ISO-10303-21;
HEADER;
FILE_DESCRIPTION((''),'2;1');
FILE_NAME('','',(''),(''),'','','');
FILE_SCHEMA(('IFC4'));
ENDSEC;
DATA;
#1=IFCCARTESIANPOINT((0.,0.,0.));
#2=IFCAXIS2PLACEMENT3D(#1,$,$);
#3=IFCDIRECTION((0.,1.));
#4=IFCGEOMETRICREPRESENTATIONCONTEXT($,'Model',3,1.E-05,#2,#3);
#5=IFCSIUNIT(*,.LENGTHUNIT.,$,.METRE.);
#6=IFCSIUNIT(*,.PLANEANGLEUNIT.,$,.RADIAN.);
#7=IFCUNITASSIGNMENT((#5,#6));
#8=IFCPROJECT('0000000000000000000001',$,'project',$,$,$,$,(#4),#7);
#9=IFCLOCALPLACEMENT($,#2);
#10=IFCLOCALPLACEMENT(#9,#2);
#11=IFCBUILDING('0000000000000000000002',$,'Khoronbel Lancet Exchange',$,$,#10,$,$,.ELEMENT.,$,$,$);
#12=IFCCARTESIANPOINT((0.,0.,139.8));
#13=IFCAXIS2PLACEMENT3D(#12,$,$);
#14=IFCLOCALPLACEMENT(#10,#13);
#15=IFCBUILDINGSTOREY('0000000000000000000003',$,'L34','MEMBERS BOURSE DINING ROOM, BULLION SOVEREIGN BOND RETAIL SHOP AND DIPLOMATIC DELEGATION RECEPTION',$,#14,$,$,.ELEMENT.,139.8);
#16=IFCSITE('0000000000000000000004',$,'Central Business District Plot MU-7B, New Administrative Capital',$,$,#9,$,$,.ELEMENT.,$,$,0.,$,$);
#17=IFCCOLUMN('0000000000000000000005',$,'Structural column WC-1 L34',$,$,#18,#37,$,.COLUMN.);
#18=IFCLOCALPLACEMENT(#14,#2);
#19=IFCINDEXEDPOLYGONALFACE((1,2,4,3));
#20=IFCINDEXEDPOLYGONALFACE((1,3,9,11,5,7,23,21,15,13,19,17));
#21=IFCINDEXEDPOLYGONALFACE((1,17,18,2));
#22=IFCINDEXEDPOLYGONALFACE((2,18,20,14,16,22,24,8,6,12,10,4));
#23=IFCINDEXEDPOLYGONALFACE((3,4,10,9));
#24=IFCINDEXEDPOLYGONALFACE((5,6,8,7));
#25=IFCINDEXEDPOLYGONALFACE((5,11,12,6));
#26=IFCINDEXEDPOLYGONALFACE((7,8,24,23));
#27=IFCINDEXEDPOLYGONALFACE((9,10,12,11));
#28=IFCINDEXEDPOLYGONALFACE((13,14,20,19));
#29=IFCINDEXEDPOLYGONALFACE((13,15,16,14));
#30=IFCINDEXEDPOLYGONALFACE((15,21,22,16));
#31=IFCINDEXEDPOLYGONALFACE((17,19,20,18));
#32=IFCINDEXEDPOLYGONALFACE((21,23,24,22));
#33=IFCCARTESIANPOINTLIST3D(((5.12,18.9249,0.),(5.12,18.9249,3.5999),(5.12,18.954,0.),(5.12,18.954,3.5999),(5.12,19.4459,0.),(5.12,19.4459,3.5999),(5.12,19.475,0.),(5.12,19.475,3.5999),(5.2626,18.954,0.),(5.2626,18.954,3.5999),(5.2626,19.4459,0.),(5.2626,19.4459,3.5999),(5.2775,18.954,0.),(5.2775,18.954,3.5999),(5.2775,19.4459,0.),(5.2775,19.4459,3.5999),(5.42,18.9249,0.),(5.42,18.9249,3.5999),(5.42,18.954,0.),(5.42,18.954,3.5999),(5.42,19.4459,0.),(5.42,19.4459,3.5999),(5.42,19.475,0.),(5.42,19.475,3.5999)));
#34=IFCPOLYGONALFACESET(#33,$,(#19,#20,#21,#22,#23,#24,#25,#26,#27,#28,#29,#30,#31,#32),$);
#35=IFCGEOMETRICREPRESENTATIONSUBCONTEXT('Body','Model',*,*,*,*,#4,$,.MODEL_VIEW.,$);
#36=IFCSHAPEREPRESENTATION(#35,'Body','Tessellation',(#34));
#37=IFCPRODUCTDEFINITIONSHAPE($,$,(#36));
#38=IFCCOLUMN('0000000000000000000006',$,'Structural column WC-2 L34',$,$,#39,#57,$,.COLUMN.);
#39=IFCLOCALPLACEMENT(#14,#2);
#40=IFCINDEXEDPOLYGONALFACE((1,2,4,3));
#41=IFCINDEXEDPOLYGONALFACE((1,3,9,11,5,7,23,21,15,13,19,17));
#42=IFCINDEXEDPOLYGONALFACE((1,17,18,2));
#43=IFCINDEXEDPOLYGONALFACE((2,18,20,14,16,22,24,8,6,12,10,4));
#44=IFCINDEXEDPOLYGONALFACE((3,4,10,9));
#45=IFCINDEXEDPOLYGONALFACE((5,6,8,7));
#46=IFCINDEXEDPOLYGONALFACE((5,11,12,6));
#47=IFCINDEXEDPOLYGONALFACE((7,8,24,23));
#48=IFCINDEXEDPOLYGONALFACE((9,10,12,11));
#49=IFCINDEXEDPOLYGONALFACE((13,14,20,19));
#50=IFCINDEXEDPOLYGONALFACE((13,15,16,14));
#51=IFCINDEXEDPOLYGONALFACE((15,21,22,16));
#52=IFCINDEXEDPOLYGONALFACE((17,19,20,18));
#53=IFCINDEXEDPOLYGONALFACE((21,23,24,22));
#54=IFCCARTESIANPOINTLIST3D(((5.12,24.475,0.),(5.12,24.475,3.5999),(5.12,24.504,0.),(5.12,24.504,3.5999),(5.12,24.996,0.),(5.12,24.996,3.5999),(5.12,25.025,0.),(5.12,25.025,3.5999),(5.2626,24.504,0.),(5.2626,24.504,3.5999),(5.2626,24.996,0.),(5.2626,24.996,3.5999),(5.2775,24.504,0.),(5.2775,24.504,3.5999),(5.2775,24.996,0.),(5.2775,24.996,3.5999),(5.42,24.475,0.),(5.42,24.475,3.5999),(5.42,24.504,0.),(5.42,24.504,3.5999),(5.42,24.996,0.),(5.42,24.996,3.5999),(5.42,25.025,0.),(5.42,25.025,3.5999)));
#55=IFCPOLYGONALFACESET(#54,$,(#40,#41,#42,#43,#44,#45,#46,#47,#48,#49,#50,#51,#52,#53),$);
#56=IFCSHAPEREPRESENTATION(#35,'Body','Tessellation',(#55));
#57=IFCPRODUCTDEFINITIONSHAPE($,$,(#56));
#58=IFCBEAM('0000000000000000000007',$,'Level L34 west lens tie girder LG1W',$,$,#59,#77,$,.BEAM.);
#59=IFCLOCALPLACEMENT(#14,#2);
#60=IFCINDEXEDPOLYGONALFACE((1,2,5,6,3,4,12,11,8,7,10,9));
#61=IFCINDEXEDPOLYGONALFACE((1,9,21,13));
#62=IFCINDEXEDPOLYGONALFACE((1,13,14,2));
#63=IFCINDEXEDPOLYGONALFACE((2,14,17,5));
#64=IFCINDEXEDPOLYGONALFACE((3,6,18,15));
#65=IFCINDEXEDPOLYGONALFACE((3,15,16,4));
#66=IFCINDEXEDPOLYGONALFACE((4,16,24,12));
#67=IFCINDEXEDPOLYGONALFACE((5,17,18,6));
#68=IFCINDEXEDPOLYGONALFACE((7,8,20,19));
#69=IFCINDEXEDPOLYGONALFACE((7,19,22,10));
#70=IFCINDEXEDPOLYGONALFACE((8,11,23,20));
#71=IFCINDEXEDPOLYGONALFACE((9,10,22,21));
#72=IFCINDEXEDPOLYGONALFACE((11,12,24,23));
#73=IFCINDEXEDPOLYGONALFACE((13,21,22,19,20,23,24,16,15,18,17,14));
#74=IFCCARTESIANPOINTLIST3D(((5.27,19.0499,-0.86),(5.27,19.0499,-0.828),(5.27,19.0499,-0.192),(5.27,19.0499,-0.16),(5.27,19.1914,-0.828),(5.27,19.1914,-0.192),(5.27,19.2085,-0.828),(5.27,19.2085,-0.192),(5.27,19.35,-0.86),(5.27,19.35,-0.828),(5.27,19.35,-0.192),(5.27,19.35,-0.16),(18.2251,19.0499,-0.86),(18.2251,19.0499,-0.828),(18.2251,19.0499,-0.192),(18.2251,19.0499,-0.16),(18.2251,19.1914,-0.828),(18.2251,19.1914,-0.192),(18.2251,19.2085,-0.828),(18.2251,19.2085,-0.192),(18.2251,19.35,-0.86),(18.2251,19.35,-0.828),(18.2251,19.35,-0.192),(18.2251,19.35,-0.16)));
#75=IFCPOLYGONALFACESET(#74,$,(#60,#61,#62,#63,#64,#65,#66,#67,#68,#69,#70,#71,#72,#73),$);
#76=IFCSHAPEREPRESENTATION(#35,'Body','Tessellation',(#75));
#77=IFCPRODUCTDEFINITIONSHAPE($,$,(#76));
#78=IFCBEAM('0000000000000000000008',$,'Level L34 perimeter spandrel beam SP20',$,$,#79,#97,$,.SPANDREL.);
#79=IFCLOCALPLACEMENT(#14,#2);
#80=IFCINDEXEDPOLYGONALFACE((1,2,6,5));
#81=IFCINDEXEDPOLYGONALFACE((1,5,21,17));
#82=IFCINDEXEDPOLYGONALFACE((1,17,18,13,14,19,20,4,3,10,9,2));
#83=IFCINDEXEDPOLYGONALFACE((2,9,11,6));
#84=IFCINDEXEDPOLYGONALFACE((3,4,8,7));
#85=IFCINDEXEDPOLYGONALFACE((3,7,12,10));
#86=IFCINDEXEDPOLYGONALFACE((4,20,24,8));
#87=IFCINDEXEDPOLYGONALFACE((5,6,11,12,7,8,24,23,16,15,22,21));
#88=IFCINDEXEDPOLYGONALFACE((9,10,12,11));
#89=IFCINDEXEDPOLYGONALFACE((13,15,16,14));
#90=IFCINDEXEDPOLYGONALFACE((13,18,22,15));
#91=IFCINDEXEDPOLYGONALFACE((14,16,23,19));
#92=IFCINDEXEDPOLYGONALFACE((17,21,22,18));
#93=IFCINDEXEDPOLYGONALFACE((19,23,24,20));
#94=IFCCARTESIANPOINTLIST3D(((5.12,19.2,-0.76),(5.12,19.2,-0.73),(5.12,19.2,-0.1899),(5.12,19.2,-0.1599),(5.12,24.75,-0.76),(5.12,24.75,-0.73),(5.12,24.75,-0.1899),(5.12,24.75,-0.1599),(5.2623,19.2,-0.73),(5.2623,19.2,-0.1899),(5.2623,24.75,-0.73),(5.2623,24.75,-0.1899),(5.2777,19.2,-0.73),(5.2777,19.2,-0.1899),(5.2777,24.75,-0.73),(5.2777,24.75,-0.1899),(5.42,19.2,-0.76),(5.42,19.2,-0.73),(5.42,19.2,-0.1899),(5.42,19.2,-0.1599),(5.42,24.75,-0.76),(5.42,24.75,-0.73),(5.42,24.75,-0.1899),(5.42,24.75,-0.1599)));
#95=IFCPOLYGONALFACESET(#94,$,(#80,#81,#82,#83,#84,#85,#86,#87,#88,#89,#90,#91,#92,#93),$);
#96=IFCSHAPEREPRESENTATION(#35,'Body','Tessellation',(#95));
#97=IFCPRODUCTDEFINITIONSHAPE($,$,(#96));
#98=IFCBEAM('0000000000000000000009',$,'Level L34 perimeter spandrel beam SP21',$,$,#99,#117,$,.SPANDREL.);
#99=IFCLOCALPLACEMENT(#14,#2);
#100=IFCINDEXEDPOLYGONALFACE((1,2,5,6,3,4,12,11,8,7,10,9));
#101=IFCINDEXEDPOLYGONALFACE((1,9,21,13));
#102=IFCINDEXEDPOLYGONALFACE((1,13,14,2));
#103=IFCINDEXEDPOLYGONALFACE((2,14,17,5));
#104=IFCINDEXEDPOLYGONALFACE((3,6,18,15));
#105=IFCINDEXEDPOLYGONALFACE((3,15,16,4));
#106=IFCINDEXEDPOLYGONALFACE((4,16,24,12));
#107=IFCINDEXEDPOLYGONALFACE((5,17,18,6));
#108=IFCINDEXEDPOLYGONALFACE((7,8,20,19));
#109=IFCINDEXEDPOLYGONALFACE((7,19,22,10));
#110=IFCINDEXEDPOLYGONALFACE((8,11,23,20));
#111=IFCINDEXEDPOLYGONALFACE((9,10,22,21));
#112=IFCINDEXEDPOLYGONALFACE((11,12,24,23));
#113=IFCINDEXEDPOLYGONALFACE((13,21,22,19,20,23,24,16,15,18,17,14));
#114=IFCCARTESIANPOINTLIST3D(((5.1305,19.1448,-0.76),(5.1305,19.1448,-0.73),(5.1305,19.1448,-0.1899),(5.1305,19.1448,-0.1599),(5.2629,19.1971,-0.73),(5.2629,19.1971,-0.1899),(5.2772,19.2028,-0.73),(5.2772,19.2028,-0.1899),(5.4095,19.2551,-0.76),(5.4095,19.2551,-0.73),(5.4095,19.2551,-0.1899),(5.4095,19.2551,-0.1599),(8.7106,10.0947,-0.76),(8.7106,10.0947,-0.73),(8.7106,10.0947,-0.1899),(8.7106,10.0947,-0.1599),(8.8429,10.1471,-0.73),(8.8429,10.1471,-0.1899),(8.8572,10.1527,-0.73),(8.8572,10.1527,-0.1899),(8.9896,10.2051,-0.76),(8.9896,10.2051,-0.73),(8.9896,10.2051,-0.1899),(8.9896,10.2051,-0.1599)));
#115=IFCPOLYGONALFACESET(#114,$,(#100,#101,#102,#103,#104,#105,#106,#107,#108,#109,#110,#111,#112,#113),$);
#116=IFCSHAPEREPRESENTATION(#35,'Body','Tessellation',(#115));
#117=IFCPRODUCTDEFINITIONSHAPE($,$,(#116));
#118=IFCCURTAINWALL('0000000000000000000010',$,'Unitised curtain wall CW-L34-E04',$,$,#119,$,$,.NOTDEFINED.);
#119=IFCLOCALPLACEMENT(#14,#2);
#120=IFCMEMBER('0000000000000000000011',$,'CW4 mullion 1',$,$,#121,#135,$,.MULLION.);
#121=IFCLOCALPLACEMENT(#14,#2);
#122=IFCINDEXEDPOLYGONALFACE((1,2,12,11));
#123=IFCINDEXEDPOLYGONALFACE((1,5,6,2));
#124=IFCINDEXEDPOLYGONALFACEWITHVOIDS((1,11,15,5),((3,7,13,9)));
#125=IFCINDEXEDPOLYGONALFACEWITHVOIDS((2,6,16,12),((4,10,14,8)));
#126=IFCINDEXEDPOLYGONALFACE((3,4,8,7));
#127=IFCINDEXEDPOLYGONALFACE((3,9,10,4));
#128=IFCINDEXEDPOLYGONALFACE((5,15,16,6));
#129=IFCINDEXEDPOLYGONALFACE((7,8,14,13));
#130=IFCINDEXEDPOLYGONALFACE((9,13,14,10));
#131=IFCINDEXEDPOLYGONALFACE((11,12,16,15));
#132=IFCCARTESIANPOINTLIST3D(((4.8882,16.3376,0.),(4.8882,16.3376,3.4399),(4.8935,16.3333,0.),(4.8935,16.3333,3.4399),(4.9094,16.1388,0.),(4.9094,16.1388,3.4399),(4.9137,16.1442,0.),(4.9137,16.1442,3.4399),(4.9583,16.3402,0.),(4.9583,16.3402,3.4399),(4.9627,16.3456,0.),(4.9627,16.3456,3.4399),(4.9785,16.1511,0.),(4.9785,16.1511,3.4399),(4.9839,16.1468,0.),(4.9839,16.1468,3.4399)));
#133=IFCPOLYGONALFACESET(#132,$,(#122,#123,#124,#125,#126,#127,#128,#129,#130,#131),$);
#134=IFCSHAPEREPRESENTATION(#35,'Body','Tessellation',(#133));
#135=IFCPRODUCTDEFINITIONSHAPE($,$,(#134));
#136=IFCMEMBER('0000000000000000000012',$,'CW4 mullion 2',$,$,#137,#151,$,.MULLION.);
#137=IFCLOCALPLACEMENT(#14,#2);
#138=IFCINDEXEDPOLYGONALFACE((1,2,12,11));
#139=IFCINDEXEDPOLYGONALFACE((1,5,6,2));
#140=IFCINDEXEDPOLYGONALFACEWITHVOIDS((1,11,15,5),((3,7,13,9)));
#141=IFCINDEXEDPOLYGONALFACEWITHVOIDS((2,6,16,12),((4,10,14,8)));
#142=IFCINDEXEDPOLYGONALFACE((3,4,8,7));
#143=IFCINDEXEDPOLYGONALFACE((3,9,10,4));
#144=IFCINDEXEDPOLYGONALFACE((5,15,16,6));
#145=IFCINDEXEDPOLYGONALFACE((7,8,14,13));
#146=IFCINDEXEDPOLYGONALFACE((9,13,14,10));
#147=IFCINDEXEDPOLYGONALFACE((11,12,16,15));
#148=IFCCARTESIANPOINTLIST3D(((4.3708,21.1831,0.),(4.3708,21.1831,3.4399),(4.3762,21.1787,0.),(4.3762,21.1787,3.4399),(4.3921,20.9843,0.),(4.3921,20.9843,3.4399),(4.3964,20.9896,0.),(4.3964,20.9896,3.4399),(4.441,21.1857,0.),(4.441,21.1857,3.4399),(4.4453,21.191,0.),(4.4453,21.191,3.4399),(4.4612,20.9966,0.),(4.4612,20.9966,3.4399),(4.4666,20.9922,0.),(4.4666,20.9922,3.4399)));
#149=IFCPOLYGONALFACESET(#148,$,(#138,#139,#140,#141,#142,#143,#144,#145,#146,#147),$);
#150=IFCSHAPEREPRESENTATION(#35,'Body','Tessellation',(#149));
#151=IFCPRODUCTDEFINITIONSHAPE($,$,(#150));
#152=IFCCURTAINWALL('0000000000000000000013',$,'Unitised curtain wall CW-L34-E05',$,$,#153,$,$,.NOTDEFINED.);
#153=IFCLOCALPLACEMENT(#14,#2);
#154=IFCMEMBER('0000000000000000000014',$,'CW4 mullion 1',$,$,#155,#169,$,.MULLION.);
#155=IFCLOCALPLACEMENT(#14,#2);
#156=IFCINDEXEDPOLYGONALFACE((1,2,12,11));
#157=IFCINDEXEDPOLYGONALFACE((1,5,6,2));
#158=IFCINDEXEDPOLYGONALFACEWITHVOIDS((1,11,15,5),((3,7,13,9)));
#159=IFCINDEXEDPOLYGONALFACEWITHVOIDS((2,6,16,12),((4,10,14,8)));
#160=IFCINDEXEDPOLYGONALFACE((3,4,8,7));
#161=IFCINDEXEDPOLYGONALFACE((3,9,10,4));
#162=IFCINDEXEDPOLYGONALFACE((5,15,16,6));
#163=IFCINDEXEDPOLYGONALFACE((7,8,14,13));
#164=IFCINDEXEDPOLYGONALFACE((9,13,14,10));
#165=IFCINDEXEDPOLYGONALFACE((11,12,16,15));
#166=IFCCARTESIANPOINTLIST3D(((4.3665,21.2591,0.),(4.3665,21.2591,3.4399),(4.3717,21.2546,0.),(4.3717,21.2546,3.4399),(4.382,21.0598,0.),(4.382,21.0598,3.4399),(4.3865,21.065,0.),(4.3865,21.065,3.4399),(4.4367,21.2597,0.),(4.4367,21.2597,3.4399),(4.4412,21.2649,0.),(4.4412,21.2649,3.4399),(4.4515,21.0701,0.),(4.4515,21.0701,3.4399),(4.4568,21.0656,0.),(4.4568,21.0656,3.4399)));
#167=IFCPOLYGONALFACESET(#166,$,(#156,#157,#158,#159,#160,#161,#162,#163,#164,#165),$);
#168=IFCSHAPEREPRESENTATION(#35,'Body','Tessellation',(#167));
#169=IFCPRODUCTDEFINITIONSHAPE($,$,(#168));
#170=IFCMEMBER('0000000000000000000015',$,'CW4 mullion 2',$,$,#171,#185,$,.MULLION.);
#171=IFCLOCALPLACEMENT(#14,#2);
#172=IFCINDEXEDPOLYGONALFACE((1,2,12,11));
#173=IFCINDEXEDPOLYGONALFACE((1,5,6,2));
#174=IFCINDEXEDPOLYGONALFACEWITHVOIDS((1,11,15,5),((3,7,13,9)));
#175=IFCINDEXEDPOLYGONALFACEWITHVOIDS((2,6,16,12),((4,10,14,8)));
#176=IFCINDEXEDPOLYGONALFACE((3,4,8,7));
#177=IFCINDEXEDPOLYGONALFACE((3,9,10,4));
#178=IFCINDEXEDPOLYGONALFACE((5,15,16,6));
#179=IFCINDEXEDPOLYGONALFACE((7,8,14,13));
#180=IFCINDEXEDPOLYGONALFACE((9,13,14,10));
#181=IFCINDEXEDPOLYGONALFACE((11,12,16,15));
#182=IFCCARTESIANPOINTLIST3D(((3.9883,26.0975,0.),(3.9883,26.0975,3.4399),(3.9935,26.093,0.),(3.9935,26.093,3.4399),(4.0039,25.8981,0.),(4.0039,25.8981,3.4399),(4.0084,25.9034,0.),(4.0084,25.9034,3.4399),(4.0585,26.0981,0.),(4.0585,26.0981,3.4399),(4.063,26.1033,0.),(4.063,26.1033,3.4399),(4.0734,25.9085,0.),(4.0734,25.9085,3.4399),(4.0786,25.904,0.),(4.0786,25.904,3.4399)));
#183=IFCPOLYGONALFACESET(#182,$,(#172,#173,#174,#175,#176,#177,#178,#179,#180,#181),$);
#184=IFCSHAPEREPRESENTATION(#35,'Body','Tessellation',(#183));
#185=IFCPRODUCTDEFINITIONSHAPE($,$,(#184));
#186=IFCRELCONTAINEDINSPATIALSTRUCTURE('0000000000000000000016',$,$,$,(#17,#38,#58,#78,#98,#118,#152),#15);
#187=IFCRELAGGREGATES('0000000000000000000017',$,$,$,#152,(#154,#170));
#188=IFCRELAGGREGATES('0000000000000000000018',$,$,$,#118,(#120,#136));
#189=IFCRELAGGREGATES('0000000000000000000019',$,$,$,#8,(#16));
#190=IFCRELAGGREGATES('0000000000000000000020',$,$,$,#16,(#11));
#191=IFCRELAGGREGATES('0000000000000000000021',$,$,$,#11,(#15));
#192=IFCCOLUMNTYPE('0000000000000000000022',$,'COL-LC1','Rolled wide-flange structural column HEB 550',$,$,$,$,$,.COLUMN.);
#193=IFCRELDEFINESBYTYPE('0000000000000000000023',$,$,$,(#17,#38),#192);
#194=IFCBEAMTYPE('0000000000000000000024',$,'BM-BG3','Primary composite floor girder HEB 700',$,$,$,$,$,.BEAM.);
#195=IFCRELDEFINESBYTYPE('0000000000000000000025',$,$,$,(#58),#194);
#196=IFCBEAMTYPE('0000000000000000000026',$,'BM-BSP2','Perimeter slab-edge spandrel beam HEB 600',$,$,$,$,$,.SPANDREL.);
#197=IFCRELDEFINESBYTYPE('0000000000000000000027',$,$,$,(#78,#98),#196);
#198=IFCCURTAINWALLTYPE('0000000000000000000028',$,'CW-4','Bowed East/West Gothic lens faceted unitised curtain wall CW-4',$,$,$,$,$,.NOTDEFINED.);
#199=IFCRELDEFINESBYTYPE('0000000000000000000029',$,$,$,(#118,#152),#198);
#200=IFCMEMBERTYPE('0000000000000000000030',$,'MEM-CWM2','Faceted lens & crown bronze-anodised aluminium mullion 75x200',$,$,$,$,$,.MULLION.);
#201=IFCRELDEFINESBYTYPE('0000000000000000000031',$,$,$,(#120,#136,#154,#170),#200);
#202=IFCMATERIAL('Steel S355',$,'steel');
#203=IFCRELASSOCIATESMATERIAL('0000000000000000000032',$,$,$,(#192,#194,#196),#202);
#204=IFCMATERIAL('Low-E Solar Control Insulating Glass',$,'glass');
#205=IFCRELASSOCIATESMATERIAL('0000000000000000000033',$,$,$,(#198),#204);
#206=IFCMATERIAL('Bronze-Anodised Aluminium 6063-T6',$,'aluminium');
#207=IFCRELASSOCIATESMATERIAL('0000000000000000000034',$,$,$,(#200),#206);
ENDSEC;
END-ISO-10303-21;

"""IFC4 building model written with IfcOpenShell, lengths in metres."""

from ifc_helpers import new_model, si_unit, direction, frame, origin, origin_2d, place, context, subcontext, project, spatial, hollow_rectangle, i_section, extrude, material, material_profile, profile_set, type_object, element, aggregate, save


model = new_model("IFC4")

# Units and contexts
model_context = context("Model", 3, precision=1e-05, world=origin(), true_north=direction((0.0, 1.0)))
body_context = subcontext(model_context, "Body", "Model", "MODEL_VIEW")
ifc_project = project(units=[si_unit("LENGTHUNIT", "METRE"), si_unit("PLANEANGLEUNIT", "RADIAN")], contexts=[model_context])

# Site, building, storey
site_placement = place(None, origin())
site = spatial("IfcSite", under=ifc_project, at=site_placement, Name="Central Business District Plot MU-7B, New Administrative Capital", CompositionType="ELEMENT", RefElevation=0.0)
building_placement = place(site_placement, origin())
building = spatial("IfcBuilding", under=site, at=building_placement, Name="Khoronbel Lancet Exchange", CompositionType="ELEMENT")
storey_placement = place(building_placement, frame((0.0, 0.0, 139.8)))
storey = spatial("IfcBuildingStorey", under=building, at=storey_placement, Name="L34", Description="MEMBERS BOURSE DINING ROOM, BULLION SOVEREIGN BOND RETAIL SHOP AND DIPLOMATIC DELEGATION RECEPTION", CompositionType="ELEMENT", Elevation=139.8)

# Columns
ifc_material_1 = material(Name="Steel S355", Category="steel")
ifc_material_profile_1 = material_profile(ifc_material_1, i_section(OverallWidth=0.3, OverallDepth=0.55, WebThickness=0.0149, FlangeThickness=0.0291, at=origin_2d()), Name="HEB 550")
ifc_profile_set_1 = profile_set([ifc_material_profile_1], Name="Steel S355")
column_type = type_object("IfcColumnType", Name="COL-LC1", Description="Rolled wide-flange structural column HEB 550", PredefinedType="COLUMN", material=ifc_profile_set_1)
for number, where, z_axis, x_axis, name in (
    (1, (5.27, 19.2, 0.0), (0.0, 0.0, 1.0), (1.0, 0.0, 0.0), "Structural column WC-1 L34"),
    (2, (5.27, 24.75, 0.0), (0.0, 0.0, 1.0), (1.0, 0.0, 0.0), "Structural column WC-2 L34"),
):
    element("IfcColumn", number, at=place(storey_placement, frame(where, z_axis=z_axis, x_axis=x_axis)), inside=storey, type_object=column_type, Name=name, PredefinedType="COLUMN", context=body_context, shape_type="SweptSolid", body=[
        extrude(i_section(OverallWidth=0.3, OverallDepth=0.55, WebThickness=0.0149, FlangeThickness=0.0291, at=origin_2d()), origin(), (0.0, 0.0, 1.0), 3.5999),
    ])

# Beams
ifc_material_profile_2 = material_profile(ifc_material_1, i_section(OverallWidth=0.3, OverallDepth=0.7, WebThickness=0.0171, FlangeThickness=0.032, at=origin_2d()), Name="HEB 700")
ifc_profile_set_2 = profile_set([ifc_material_profile_2], Name="Steel S355")
beam_type_1 = type_object("IfcBeamType", Name="BM-BG3", Description="Primary composite floor girder HEB 700", PredefinedType="BEAM", material=ifc_profile_set_2)
beam_1_placement = place(storey_placement, frame((5.27, 19.2, -0.51), z_axis=(1.0, 0.0, 0.0), x_axis=(0.0, 1.0, 0.0)))
element("IfcBeam", 3, at=beam_1_placement, inside=storey, type_object=beam_type_1, Name="Level L34 west lens tie girder LG1W", PredefinedType="BEAM", context=body_context, shape_type="SweptSolid", body=[
    extrude(i_section(OverallWidth=0.3, OverallDepth=0.7, WebThickness=0.0171, FlangeThickness=0.032, at=origin_2d()), origin(), (0.0, 0.0, 1.0), 12.9551),
])
ifc_material_profile_3 = material_profile(ifc_material_1, i_section(OverallWidth=0.3, OverallDepth=0.6001, WebThickness=0.0154, FlangeThickness=0.03, at=origin_2d()), Name="HEB 600")
ifc_profile_set_3 = profile_set([ifc_material_profile_3], Name="Steel S355")
beam_type_2 = type_object("IfcBeamType", Name="BM-BSP2", Description="Perimeter slab-edge spandrel beam HEB 600", PredefinedType="SPANDREL", material=ifc_profile_set_3)
beam_2_placement = place(storey_placement, frame((5.27, 24.75, -0.46), z_axis=(0.0, -1.0, 0.0), x_axis=(1.0, 0.0, 0.0)))
element("IfcBeam", 4, at=beam_2_placement, inside=storey, type_object=beam_type_2, Name="Level L34 perimeter spandrel beam SP20", PredefinedType="SPANDREL", context=body_context, shape_type="SweptSolid", body=[
    extrude(i_section(OverallWidth=0.3, OverallDepth=0.6001, WebThickness=0.0154, FlangeThickness=0.03, at=origin_2d()), origin(), (0.0, 0.0, 1.0), 5.55),
])
beam_3_placement = place(storey_placement, frame((5.27, 19.2, -0.46), z_axis=(0.36785, -0.929885, 0.0), x_axis=(0.929885, 0.36785, 0.0)))
element("IfcBeam", 5, at=beam_3_placement, inside=storey, type_object=beam_type_2, Name="Level L34 perimeter spandrel beam SP21", PredefinedType="SPANDREL", context=body_context, shape_type="SweptSolid", body=[
    extrude(i_section(OverallWidth=0.3, OverallDepth=0.6001, WebThickness=0.0154, FlangeThickness=0.03, at=origin_2d()), origin(), (0.0, 0.0, 1.0), 9.7324),
])

# Curtain walls, members
ifc_material_2 = material(Name="Low-E Solar Control Insulating Glass", Category="glass")
curtain_wall_type = type_object("IfcCurtainWallType", Name="CW-4", Description="Bowed East/West Gothic lens faceted unitised curtain wall CW-4", PredefinedType="NOTDEFINED", material=ifc_material_2)
curtain_wall_1_placement = place(storey_placement, origin())
curtain_wall_1 = element("IfcCurtainWall", 6, at=curtain_wall_1_placement, inside=storey, type_object=curtain_wall_type, Name="Unitised curtain wall CW-L34-E04", PredefinedType="NOTDEFINED")
ifc_material_3 = material(Name="Bronze-Anodised Aluminium 6063-T6", Category="aluminium")
ifc_material_profile_4 = material_profile(ifc_material_3, hollow_rectangle(XDim=0.075, YDim=0.2, WallThickness=0.0049, at=origin_2d()), Name="ALU MULLION 75x200")
ifc_profile_set_4 = profile_set([ifc_material_profile_4], Name="Bronze-Anodised Aluminium 6063-T6")
member_type_1 = type_object("IfcMemberType", Name="MEM-CWM2", Description="Faceted lens & crown bronze-anodised aluminium mullion 75x200", PredefinedType="MULLION", material=ifc_profile_set_4)
member_1_placement = place(storey_placement, frame((4.936, 16.2422, 0.0), z_axis=(0.0, 0.0, 1.0), x_axis=(-0.994347, -0.106181, 0.0)))
member_1 = element("IfcMember", 7, at=member_1_placement, type_object=member_type_1, Name="CW4 mullion 1", PredefinedType="MULLION", context=body_context, shape_type="SweptSolid", body=[
    extrude(hollow_rectangle(XDim=0.075, YDim=0.2, WallThickness=0.0049, at=origin_2d()), origin(), (0.0, 0.0, 1.0), 3.4399),
])
member_2_placement = place(storey_placement, frame((4.4187, 21.0876, 0.0), z_axis=(0.0, 0.0, 1.0), x_axis=(-0.994347, -0.106181, 0.0)))
member_2 = element("IfcMember", 8, at=member_2_placement, type_object=member_type_1, Name="CW4 mullion 2", PredefinedType="MULLION", context=body_context, shape_type="SweptSolid", body=[
    extrude(hollow_rectangle(XDim=0.075, YDim=0.2, WallThickness=0.0049, at=origin_2d()), origin(), (0.0, 0.0, 1.0), 3.4399),
])
curtain_wall_2_placement = place(storey_placement, origin())
curtain_wall_2 = element("IfcCurtainWall", 9, at=curtain_wall_2_placement, inside=storey, type_object=curtain_wall_type, Name="Unitised curtain wall CW-L34-E05", PredefinedType="NOTDEFINED")
member_3_placement = place(storey_placement, frame((4.4116, 21.1624, 0.0), z_axis=(0.0, 0.0, 1.0), x_axis=(-0.99696, -0.077921, 0.0)))
member_3 = element("IfcMember", 10, at=member_3_placement, type_object=member_type_1, Name="CW4 mullion 1", PredefinedType="MULLION", context=body_context, shape_type="SweptSolid", body=[
    extrude(hollow_rectangle(XDim=0.075, YDim=0.2, WallThickness=0.0049, at=origin_2d()), origin(), (0.0, 0.0, 1.0), 3.4399),
])
member_4_placement = place(storey_placement, frame((4.0334, 26.0007, 0.0), z_axis=(0.0, 0.0, 1.0), x_axis=(-0.99696, -0.077921, 0.0)))
member_4 = element("IfcMember", 11, at=member_4_placement, type_object=member_type_1, Name="CW4 mullion 2", PredefinedType="MULLION", context=body_context, shape_type="SweptSolid", body=[
    extrude(hollow_rectangle(XDim=0.075, YDim=0.2, WallThickness=0.0049, at=origin_2d()), origin(), (0.0, 0.0, 1.0), 3.4399),
])

aggregate(curtain_wall_2, [member_3, member_4])
aggregate(curtain_wall_1, [member_1, member_2])

save(model, "model.ifc")
